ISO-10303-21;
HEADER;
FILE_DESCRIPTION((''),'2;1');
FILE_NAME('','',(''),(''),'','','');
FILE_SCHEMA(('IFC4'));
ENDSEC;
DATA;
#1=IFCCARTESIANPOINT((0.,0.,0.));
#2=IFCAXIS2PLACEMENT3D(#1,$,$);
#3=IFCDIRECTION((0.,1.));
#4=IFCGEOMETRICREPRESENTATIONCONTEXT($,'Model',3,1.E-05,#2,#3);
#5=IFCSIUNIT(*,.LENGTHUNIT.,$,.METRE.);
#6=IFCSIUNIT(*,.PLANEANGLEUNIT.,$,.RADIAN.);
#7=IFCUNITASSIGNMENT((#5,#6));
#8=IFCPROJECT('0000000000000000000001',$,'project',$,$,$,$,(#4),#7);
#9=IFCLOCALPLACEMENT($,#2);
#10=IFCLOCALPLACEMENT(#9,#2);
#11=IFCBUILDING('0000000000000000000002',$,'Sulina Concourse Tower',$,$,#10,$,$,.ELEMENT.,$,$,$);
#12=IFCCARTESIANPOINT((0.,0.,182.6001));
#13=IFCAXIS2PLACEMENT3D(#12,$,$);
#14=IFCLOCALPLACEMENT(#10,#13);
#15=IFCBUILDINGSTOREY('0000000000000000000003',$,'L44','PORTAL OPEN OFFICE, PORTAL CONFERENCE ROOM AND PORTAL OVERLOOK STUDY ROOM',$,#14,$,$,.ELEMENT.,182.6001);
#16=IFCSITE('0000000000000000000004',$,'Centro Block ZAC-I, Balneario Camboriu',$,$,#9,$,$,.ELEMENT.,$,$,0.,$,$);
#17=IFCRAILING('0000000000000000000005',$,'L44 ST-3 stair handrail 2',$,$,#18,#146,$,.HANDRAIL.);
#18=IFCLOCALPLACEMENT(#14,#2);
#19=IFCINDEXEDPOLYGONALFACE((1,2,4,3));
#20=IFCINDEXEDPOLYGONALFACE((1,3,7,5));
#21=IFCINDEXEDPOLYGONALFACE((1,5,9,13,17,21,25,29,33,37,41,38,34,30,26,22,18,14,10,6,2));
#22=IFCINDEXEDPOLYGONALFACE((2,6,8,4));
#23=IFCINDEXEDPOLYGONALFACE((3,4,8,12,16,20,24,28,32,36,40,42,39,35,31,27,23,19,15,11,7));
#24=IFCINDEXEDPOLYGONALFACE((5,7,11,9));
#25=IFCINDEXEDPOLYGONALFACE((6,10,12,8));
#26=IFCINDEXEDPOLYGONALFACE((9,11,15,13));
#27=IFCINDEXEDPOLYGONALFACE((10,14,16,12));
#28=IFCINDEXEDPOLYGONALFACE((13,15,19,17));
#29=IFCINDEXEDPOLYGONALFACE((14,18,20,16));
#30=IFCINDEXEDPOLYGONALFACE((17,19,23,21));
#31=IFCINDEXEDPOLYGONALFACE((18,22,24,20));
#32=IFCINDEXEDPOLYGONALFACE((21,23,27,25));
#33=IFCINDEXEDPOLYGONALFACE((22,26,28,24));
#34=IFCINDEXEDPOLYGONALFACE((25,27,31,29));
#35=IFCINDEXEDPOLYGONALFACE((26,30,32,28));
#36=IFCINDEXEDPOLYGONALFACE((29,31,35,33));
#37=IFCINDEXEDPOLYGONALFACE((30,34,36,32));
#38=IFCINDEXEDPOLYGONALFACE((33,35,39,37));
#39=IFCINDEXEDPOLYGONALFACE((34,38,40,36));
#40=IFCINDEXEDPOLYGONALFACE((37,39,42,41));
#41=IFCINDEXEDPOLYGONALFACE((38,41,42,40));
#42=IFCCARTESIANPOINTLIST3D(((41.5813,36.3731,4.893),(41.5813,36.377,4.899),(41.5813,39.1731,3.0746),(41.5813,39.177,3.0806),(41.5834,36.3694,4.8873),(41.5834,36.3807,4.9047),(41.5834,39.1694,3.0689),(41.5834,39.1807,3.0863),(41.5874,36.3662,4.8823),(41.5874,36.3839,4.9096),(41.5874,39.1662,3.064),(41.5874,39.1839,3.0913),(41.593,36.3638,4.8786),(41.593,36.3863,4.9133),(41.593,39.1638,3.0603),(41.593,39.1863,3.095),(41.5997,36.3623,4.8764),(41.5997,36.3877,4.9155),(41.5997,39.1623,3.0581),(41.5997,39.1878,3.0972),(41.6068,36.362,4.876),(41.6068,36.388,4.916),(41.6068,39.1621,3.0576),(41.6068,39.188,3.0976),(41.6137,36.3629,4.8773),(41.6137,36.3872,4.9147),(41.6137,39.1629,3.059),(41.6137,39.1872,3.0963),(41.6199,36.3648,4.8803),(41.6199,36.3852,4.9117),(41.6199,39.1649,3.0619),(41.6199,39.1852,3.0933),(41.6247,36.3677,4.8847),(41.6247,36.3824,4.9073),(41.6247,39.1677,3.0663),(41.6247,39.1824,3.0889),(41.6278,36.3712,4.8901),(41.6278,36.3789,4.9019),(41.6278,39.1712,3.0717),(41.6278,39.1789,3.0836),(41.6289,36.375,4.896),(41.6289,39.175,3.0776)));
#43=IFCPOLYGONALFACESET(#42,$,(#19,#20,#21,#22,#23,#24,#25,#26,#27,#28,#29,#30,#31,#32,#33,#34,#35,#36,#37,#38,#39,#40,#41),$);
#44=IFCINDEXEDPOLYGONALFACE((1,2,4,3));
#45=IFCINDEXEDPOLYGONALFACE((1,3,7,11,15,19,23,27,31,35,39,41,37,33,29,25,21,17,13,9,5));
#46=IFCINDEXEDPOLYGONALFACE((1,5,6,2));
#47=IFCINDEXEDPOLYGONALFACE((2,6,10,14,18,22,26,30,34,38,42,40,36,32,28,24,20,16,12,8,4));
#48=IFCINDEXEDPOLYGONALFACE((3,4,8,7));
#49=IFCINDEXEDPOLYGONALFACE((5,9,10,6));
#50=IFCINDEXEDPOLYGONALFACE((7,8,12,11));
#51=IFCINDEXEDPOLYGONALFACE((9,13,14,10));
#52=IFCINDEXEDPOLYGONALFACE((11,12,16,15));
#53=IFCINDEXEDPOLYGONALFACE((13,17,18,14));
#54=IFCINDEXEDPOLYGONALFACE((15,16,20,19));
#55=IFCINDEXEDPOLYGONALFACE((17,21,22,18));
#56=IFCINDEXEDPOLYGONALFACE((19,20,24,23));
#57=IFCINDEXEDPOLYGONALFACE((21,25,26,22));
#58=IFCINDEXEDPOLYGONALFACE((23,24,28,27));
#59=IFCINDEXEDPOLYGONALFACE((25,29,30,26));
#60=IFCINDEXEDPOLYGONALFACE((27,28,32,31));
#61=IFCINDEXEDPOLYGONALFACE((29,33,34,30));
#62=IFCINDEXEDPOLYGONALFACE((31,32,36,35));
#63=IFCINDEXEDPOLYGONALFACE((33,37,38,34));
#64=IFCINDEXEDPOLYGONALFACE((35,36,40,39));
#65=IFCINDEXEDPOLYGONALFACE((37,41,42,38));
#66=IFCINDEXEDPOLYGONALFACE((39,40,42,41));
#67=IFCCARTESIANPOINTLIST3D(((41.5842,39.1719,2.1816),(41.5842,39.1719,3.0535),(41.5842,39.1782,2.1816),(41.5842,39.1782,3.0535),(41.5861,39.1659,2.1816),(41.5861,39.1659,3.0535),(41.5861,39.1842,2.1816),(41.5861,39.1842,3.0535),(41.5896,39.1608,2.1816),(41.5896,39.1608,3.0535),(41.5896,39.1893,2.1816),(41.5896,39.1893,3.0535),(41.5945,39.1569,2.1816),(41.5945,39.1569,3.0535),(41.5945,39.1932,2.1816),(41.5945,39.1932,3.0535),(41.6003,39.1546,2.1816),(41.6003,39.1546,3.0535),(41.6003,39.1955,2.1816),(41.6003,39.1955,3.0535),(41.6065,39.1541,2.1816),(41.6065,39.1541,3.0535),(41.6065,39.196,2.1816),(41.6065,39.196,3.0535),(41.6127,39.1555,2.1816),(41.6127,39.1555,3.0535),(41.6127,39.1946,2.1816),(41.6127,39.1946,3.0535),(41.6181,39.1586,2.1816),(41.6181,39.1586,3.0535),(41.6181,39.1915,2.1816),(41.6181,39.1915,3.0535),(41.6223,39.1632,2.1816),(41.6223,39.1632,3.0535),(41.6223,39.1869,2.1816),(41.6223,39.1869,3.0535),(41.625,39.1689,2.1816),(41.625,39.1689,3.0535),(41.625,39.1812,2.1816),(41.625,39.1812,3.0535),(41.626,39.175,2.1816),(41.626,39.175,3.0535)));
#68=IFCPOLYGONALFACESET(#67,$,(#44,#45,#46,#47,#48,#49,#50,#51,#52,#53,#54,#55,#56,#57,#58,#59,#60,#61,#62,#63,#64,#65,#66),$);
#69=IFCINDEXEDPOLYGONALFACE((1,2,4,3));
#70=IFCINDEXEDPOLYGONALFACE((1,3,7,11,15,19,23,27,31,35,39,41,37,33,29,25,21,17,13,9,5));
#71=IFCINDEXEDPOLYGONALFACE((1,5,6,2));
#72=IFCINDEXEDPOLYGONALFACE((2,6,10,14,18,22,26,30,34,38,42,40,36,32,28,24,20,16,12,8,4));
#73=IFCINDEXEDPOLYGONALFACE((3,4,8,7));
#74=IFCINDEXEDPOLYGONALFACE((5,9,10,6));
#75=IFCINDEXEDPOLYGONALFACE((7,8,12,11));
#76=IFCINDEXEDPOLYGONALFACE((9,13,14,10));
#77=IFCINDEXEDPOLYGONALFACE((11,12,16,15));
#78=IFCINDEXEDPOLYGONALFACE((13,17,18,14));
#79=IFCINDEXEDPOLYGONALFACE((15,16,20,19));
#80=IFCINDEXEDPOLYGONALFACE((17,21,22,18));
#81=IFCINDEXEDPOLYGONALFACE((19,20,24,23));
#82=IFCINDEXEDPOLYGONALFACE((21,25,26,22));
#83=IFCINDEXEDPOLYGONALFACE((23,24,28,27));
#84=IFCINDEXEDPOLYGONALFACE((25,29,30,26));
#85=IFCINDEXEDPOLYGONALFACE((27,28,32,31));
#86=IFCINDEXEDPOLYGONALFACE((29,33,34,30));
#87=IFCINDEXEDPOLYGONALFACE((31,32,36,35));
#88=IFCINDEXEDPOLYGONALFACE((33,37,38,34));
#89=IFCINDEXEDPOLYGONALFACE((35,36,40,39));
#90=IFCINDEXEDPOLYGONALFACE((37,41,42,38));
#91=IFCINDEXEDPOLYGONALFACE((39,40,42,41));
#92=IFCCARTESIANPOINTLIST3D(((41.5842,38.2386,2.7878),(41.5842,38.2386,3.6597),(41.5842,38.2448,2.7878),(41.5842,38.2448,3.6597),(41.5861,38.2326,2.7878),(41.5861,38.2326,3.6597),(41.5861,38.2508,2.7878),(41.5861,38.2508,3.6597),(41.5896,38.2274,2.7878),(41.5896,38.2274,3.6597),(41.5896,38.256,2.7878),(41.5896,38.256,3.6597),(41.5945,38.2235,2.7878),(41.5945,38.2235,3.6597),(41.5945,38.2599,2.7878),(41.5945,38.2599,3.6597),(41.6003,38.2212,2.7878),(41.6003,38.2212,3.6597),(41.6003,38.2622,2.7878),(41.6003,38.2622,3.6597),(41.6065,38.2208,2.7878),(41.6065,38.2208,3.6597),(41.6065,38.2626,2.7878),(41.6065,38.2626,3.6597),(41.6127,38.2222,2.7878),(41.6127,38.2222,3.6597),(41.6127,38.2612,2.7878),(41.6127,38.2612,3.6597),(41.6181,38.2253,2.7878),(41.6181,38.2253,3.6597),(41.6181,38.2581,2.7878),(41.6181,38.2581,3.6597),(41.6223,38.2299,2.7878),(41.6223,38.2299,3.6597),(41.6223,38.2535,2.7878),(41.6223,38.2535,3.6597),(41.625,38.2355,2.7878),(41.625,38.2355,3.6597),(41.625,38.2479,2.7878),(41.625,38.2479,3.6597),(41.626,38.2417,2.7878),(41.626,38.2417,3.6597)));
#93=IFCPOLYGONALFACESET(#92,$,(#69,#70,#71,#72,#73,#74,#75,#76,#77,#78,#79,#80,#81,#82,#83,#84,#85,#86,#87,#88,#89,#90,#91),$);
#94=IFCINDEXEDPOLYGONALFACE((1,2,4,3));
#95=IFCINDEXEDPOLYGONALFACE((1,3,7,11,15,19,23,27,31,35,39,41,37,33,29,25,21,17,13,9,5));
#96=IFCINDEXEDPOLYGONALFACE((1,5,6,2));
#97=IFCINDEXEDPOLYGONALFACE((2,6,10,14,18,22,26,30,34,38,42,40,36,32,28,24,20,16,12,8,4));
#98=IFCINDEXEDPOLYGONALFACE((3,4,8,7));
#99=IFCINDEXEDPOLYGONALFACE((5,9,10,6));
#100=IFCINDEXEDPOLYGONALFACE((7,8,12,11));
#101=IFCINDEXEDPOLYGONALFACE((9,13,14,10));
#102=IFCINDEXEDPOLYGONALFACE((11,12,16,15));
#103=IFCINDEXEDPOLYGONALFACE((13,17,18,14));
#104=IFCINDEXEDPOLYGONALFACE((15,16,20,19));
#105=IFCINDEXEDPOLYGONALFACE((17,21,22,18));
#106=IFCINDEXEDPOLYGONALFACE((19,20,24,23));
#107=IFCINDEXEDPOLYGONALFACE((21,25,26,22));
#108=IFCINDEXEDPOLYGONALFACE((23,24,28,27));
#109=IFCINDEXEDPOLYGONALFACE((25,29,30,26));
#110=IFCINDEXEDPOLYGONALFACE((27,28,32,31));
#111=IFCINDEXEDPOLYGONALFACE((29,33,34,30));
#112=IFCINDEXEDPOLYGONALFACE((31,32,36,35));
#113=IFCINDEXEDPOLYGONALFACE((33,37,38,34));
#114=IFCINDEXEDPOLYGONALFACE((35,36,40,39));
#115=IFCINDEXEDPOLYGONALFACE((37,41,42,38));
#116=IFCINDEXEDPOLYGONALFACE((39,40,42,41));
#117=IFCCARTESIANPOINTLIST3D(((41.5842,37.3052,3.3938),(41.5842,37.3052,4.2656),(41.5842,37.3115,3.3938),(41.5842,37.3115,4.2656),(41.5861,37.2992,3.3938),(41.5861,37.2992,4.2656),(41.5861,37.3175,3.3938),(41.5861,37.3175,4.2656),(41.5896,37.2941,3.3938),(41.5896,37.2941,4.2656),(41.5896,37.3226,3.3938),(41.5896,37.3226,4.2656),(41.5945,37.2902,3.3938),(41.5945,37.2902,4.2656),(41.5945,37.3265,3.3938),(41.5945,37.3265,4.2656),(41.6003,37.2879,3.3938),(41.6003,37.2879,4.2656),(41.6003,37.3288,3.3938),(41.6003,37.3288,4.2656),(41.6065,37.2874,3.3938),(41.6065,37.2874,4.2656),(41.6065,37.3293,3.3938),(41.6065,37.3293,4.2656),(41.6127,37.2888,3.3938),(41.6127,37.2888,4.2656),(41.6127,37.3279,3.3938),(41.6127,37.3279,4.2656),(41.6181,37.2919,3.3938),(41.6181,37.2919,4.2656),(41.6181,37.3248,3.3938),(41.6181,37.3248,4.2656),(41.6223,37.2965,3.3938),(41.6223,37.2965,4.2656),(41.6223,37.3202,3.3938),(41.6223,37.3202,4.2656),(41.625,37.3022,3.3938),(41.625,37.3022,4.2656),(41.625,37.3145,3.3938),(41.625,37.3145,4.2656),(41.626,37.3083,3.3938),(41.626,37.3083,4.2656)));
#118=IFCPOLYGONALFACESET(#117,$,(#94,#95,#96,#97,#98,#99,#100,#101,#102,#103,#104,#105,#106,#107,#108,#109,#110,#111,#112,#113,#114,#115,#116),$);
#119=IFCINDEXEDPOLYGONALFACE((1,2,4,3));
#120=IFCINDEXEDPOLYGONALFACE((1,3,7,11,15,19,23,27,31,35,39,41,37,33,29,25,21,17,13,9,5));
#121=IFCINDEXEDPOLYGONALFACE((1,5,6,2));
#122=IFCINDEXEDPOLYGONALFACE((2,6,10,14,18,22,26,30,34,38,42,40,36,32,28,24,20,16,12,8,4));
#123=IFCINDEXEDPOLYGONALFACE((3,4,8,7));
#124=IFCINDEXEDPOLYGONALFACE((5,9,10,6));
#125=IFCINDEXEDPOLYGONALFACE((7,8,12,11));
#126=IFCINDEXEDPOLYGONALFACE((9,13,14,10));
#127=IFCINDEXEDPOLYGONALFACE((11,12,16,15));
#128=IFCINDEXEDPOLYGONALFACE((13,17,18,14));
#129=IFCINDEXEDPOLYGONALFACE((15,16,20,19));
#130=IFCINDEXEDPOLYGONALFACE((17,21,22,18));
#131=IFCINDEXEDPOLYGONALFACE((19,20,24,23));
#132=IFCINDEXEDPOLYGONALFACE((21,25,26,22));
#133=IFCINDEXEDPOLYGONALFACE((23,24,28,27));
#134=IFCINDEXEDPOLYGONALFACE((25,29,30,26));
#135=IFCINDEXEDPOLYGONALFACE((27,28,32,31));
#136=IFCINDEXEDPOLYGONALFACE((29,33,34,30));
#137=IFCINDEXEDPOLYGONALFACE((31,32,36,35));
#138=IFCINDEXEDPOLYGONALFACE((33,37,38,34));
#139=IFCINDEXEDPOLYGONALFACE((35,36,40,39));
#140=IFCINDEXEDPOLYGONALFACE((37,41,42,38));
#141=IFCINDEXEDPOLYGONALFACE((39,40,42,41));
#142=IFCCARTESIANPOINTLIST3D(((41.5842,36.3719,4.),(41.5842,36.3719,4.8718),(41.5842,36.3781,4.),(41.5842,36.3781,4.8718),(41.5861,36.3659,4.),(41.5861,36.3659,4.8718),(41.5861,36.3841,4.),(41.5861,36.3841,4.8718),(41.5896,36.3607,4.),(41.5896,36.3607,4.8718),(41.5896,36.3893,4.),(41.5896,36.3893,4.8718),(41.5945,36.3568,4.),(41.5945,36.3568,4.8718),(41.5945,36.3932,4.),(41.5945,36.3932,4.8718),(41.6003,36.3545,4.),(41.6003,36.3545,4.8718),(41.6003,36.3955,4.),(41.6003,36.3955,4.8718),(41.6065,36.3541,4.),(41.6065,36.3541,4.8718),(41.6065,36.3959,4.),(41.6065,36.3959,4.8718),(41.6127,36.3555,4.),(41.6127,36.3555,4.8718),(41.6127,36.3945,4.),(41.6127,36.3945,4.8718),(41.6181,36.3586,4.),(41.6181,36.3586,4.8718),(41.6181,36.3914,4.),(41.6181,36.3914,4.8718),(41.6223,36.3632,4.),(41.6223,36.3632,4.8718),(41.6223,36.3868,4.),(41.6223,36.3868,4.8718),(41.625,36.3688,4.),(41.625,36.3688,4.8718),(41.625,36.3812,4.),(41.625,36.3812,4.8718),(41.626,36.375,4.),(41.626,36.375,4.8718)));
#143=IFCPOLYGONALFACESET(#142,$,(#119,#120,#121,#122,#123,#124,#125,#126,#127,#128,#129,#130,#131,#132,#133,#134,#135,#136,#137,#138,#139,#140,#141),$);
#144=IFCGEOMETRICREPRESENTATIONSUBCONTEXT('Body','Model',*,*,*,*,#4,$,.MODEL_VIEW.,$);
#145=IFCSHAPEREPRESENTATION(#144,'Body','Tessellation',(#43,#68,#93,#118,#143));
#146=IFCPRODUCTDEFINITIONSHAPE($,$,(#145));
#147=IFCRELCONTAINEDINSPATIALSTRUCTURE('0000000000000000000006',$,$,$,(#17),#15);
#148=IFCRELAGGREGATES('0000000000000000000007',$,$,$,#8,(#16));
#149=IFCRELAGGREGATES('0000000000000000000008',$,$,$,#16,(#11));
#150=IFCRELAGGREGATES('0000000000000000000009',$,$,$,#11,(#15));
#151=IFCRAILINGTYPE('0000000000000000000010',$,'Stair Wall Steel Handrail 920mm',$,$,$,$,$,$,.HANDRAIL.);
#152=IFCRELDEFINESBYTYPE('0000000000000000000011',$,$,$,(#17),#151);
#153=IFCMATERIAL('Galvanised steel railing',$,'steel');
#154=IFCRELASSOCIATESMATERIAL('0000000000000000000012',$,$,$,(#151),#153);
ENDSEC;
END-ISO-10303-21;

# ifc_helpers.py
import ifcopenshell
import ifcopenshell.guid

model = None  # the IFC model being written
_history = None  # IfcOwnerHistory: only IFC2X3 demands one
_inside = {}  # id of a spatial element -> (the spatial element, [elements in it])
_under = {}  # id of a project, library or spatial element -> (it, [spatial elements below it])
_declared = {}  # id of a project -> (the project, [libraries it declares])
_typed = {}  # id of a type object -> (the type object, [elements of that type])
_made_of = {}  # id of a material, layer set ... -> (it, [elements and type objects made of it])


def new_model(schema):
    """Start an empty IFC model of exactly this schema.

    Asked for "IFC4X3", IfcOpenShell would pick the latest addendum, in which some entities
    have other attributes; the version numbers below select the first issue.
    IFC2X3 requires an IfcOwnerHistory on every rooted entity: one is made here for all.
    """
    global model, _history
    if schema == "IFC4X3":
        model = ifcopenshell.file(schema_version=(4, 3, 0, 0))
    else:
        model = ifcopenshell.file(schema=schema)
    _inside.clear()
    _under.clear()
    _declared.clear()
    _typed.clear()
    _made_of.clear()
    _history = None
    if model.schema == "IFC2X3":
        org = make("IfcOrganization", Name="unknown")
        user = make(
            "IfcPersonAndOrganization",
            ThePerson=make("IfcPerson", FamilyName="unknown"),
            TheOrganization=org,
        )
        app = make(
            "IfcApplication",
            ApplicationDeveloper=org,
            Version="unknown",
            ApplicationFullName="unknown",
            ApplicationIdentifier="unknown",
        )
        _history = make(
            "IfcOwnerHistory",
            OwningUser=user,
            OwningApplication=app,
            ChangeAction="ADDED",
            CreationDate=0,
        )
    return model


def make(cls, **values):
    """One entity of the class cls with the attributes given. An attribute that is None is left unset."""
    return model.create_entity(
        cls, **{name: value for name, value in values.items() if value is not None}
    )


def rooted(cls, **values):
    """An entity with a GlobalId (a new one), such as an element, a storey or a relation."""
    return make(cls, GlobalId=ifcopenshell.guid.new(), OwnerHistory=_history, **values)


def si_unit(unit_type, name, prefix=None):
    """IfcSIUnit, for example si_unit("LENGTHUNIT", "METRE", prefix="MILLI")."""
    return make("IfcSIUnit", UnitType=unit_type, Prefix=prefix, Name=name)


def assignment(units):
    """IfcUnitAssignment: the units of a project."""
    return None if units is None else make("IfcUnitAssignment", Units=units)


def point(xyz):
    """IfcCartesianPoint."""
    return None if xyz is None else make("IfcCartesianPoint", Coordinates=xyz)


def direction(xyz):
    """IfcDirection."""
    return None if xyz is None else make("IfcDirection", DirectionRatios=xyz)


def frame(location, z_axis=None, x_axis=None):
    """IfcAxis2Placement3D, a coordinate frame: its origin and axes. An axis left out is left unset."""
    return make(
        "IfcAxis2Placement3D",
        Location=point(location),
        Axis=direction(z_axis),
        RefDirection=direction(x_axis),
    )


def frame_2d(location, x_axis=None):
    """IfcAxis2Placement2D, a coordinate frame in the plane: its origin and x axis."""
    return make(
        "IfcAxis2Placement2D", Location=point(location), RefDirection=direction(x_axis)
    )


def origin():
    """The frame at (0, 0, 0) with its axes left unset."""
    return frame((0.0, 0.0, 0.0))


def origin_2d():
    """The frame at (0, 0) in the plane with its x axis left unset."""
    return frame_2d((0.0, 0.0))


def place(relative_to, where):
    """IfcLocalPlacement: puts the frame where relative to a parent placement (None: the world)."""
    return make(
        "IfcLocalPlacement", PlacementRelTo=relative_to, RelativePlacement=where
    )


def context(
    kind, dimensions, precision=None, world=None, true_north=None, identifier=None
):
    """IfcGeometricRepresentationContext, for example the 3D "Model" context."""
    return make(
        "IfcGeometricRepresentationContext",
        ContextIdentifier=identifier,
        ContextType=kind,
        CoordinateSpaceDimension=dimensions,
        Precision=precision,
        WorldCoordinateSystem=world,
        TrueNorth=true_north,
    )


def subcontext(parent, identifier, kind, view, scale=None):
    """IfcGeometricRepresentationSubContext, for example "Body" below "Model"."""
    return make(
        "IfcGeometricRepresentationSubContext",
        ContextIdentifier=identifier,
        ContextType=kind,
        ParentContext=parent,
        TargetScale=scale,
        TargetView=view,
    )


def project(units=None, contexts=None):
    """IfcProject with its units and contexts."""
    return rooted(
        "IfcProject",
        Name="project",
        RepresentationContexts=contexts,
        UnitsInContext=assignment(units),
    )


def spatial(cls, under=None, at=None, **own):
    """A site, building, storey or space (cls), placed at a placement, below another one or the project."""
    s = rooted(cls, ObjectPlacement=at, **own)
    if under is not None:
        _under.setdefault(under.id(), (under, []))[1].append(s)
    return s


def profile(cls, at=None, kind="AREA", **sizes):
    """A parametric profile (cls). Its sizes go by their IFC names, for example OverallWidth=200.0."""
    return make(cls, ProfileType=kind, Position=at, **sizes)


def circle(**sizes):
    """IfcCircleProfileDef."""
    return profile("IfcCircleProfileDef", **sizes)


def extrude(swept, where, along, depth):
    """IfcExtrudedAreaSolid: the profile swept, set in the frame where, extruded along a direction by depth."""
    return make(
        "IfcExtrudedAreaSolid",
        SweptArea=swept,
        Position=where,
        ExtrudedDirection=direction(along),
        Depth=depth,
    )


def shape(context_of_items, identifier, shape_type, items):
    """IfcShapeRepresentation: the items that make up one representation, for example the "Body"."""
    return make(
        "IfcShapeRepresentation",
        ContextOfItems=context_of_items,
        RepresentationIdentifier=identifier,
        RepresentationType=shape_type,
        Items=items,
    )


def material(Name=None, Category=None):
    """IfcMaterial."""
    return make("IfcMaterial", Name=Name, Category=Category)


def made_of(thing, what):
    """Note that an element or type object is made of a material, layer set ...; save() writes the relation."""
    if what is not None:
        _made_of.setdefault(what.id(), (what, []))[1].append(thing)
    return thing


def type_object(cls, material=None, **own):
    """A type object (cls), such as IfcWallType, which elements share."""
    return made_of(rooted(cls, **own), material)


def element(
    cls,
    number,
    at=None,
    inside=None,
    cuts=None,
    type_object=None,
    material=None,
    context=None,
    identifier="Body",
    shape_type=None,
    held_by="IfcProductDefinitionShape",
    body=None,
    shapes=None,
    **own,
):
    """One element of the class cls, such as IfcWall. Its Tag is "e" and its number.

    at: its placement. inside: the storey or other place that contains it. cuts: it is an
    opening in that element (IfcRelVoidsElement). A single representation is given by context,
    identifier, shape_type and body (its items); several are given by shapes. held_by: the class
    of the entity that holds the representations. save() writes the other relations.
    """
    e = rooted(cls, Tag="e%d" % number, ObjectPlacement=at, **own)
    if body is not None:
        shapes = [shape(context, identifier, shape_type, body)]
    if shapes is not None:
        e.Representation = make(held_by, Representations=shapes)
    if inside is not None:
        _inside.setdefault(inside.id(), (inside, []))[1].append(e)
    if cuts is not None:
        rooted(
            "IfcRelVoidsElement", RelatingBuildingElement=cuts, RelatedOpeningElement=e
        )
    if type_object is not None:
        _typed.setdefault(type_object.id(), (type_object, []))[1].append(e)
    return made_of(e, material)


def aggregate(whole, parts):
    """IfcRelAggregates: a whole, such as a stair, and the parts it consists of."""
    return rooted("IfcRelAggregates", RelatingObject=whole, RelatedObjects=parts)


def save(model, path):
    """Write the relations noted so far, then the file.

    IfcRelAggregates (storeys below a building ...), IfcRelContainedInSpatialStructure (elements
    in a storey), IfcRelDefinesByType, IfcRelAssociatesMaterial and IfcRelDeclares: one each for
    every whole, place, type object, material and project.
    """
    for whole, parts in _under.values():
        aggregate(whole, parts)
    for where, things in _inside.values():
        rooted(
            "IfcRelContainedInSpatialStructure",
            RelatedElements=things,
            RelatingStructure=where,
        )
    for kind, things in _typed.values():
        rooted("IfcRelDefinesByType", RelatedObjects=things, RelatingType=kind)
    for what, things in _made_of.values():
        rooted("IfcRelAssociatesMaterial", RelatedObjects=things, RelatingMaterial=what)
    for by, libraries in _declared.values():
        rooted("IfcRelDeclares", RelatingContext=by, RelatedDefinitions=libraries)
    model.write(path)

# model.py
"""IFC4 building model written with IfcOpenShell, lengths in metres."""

from ifc_helpers import new_model, si_unit, direction, frame, origin, origin_2d, place, context, subcontext, project, spatial, circle, extrude, material, type_object, element, save


model = new_model("IFC4")

# Units and contexts
model_context = context("Model", 3, precision=1e-05, world=origin(), true_north=direction((0.0, 1.0)))
body_context = subcontext(model_context, "Body", "Model", "MODEL_VIEW")
ifc_project = project(units=[si_unit("LENGTHUNIT", "METRE"), si_unit("PLANEANGLEUNIT", "RADIAN")], contexts=[model_context])

# Site, building, storey
site_placement = place(None, origin())
site = spatial("IfcSite", under=ifc_project, at=site_placement, Name="Centro Block ZAC-I, Balneario Camboriu", CompositionType="ELEMENT", RefElevation=0.0)
building_placement = place(site_placement, origin())
building = spatial("IfcBuilding", under=site, at=building_placement, Name="Sulina Concourse Tower", CompositionType="ELEMENT")
storey_placement = place(building_placement, frame((0.0, 0.0, 182.6001)))
storey = spatial("IfcBuildingStorey", under=building, at=storey_placement, Name="L44", Description="PORTAL OPEN OFFICE, PORTAL CONFERENCE ROOM AND PORTAL OVERLOOK STUDY ROOM", CompositionType="ELEMENT", Elevation=182.6001)

# Railing
ifc_material_1 = material(Name="Galvanised steel railing", Category="steel")
railing_type_1 = type_object("IfcRailingType", Name="Stair Wall Steel Handrail 920mm", PredefinedType="HANDRAIL", material=ifc_material_1)
railing_1_placement = place(storey_placement, frame((41.605, 39.175, 2.1816)))
element("IfcRailing", 1, at=railing_1_placement, inside=storey, type_object=railing_type_1, Name="L44 ST-3 stair handrail 2", PredefinedType="HANDRAIL", context=body_context, shape_type="SweptSolid", body=[
    extrude(circle(Radius=0.0239, at=origin_2d()), frame((0.0, 0.0, 0.896), z_axis=(0.0, -0.838672, 0.544636), x_axis=(1.0, 0.0, 0.0)), (0.0, 0.0, 1.0), 3.3386),
    extrude(circle(Radius=0.021, at=origin_2d()), origin(), (0.0, 0.0, 1.0), 0.8718),
    extrude(circle(Radius=0.021, at=origin_2d()), frame((0.0, -0.9333, 0.6062)), (0.0, 0.0, 1.0), 0.8718),
    extrude(circle(Radius=0.021, at=origin_2d()), frame((0.0, -1.8667, 1.2122)), (0.0, 0.0, 1.0), 0.8718),
    extrude(circle(Radius=0.021, at=origin_2d()), frame((0.0, -2.8, 1.8184)), (0.0, 0.0, 1.0), 0.8718),
])

save(model, "model.ifc")
